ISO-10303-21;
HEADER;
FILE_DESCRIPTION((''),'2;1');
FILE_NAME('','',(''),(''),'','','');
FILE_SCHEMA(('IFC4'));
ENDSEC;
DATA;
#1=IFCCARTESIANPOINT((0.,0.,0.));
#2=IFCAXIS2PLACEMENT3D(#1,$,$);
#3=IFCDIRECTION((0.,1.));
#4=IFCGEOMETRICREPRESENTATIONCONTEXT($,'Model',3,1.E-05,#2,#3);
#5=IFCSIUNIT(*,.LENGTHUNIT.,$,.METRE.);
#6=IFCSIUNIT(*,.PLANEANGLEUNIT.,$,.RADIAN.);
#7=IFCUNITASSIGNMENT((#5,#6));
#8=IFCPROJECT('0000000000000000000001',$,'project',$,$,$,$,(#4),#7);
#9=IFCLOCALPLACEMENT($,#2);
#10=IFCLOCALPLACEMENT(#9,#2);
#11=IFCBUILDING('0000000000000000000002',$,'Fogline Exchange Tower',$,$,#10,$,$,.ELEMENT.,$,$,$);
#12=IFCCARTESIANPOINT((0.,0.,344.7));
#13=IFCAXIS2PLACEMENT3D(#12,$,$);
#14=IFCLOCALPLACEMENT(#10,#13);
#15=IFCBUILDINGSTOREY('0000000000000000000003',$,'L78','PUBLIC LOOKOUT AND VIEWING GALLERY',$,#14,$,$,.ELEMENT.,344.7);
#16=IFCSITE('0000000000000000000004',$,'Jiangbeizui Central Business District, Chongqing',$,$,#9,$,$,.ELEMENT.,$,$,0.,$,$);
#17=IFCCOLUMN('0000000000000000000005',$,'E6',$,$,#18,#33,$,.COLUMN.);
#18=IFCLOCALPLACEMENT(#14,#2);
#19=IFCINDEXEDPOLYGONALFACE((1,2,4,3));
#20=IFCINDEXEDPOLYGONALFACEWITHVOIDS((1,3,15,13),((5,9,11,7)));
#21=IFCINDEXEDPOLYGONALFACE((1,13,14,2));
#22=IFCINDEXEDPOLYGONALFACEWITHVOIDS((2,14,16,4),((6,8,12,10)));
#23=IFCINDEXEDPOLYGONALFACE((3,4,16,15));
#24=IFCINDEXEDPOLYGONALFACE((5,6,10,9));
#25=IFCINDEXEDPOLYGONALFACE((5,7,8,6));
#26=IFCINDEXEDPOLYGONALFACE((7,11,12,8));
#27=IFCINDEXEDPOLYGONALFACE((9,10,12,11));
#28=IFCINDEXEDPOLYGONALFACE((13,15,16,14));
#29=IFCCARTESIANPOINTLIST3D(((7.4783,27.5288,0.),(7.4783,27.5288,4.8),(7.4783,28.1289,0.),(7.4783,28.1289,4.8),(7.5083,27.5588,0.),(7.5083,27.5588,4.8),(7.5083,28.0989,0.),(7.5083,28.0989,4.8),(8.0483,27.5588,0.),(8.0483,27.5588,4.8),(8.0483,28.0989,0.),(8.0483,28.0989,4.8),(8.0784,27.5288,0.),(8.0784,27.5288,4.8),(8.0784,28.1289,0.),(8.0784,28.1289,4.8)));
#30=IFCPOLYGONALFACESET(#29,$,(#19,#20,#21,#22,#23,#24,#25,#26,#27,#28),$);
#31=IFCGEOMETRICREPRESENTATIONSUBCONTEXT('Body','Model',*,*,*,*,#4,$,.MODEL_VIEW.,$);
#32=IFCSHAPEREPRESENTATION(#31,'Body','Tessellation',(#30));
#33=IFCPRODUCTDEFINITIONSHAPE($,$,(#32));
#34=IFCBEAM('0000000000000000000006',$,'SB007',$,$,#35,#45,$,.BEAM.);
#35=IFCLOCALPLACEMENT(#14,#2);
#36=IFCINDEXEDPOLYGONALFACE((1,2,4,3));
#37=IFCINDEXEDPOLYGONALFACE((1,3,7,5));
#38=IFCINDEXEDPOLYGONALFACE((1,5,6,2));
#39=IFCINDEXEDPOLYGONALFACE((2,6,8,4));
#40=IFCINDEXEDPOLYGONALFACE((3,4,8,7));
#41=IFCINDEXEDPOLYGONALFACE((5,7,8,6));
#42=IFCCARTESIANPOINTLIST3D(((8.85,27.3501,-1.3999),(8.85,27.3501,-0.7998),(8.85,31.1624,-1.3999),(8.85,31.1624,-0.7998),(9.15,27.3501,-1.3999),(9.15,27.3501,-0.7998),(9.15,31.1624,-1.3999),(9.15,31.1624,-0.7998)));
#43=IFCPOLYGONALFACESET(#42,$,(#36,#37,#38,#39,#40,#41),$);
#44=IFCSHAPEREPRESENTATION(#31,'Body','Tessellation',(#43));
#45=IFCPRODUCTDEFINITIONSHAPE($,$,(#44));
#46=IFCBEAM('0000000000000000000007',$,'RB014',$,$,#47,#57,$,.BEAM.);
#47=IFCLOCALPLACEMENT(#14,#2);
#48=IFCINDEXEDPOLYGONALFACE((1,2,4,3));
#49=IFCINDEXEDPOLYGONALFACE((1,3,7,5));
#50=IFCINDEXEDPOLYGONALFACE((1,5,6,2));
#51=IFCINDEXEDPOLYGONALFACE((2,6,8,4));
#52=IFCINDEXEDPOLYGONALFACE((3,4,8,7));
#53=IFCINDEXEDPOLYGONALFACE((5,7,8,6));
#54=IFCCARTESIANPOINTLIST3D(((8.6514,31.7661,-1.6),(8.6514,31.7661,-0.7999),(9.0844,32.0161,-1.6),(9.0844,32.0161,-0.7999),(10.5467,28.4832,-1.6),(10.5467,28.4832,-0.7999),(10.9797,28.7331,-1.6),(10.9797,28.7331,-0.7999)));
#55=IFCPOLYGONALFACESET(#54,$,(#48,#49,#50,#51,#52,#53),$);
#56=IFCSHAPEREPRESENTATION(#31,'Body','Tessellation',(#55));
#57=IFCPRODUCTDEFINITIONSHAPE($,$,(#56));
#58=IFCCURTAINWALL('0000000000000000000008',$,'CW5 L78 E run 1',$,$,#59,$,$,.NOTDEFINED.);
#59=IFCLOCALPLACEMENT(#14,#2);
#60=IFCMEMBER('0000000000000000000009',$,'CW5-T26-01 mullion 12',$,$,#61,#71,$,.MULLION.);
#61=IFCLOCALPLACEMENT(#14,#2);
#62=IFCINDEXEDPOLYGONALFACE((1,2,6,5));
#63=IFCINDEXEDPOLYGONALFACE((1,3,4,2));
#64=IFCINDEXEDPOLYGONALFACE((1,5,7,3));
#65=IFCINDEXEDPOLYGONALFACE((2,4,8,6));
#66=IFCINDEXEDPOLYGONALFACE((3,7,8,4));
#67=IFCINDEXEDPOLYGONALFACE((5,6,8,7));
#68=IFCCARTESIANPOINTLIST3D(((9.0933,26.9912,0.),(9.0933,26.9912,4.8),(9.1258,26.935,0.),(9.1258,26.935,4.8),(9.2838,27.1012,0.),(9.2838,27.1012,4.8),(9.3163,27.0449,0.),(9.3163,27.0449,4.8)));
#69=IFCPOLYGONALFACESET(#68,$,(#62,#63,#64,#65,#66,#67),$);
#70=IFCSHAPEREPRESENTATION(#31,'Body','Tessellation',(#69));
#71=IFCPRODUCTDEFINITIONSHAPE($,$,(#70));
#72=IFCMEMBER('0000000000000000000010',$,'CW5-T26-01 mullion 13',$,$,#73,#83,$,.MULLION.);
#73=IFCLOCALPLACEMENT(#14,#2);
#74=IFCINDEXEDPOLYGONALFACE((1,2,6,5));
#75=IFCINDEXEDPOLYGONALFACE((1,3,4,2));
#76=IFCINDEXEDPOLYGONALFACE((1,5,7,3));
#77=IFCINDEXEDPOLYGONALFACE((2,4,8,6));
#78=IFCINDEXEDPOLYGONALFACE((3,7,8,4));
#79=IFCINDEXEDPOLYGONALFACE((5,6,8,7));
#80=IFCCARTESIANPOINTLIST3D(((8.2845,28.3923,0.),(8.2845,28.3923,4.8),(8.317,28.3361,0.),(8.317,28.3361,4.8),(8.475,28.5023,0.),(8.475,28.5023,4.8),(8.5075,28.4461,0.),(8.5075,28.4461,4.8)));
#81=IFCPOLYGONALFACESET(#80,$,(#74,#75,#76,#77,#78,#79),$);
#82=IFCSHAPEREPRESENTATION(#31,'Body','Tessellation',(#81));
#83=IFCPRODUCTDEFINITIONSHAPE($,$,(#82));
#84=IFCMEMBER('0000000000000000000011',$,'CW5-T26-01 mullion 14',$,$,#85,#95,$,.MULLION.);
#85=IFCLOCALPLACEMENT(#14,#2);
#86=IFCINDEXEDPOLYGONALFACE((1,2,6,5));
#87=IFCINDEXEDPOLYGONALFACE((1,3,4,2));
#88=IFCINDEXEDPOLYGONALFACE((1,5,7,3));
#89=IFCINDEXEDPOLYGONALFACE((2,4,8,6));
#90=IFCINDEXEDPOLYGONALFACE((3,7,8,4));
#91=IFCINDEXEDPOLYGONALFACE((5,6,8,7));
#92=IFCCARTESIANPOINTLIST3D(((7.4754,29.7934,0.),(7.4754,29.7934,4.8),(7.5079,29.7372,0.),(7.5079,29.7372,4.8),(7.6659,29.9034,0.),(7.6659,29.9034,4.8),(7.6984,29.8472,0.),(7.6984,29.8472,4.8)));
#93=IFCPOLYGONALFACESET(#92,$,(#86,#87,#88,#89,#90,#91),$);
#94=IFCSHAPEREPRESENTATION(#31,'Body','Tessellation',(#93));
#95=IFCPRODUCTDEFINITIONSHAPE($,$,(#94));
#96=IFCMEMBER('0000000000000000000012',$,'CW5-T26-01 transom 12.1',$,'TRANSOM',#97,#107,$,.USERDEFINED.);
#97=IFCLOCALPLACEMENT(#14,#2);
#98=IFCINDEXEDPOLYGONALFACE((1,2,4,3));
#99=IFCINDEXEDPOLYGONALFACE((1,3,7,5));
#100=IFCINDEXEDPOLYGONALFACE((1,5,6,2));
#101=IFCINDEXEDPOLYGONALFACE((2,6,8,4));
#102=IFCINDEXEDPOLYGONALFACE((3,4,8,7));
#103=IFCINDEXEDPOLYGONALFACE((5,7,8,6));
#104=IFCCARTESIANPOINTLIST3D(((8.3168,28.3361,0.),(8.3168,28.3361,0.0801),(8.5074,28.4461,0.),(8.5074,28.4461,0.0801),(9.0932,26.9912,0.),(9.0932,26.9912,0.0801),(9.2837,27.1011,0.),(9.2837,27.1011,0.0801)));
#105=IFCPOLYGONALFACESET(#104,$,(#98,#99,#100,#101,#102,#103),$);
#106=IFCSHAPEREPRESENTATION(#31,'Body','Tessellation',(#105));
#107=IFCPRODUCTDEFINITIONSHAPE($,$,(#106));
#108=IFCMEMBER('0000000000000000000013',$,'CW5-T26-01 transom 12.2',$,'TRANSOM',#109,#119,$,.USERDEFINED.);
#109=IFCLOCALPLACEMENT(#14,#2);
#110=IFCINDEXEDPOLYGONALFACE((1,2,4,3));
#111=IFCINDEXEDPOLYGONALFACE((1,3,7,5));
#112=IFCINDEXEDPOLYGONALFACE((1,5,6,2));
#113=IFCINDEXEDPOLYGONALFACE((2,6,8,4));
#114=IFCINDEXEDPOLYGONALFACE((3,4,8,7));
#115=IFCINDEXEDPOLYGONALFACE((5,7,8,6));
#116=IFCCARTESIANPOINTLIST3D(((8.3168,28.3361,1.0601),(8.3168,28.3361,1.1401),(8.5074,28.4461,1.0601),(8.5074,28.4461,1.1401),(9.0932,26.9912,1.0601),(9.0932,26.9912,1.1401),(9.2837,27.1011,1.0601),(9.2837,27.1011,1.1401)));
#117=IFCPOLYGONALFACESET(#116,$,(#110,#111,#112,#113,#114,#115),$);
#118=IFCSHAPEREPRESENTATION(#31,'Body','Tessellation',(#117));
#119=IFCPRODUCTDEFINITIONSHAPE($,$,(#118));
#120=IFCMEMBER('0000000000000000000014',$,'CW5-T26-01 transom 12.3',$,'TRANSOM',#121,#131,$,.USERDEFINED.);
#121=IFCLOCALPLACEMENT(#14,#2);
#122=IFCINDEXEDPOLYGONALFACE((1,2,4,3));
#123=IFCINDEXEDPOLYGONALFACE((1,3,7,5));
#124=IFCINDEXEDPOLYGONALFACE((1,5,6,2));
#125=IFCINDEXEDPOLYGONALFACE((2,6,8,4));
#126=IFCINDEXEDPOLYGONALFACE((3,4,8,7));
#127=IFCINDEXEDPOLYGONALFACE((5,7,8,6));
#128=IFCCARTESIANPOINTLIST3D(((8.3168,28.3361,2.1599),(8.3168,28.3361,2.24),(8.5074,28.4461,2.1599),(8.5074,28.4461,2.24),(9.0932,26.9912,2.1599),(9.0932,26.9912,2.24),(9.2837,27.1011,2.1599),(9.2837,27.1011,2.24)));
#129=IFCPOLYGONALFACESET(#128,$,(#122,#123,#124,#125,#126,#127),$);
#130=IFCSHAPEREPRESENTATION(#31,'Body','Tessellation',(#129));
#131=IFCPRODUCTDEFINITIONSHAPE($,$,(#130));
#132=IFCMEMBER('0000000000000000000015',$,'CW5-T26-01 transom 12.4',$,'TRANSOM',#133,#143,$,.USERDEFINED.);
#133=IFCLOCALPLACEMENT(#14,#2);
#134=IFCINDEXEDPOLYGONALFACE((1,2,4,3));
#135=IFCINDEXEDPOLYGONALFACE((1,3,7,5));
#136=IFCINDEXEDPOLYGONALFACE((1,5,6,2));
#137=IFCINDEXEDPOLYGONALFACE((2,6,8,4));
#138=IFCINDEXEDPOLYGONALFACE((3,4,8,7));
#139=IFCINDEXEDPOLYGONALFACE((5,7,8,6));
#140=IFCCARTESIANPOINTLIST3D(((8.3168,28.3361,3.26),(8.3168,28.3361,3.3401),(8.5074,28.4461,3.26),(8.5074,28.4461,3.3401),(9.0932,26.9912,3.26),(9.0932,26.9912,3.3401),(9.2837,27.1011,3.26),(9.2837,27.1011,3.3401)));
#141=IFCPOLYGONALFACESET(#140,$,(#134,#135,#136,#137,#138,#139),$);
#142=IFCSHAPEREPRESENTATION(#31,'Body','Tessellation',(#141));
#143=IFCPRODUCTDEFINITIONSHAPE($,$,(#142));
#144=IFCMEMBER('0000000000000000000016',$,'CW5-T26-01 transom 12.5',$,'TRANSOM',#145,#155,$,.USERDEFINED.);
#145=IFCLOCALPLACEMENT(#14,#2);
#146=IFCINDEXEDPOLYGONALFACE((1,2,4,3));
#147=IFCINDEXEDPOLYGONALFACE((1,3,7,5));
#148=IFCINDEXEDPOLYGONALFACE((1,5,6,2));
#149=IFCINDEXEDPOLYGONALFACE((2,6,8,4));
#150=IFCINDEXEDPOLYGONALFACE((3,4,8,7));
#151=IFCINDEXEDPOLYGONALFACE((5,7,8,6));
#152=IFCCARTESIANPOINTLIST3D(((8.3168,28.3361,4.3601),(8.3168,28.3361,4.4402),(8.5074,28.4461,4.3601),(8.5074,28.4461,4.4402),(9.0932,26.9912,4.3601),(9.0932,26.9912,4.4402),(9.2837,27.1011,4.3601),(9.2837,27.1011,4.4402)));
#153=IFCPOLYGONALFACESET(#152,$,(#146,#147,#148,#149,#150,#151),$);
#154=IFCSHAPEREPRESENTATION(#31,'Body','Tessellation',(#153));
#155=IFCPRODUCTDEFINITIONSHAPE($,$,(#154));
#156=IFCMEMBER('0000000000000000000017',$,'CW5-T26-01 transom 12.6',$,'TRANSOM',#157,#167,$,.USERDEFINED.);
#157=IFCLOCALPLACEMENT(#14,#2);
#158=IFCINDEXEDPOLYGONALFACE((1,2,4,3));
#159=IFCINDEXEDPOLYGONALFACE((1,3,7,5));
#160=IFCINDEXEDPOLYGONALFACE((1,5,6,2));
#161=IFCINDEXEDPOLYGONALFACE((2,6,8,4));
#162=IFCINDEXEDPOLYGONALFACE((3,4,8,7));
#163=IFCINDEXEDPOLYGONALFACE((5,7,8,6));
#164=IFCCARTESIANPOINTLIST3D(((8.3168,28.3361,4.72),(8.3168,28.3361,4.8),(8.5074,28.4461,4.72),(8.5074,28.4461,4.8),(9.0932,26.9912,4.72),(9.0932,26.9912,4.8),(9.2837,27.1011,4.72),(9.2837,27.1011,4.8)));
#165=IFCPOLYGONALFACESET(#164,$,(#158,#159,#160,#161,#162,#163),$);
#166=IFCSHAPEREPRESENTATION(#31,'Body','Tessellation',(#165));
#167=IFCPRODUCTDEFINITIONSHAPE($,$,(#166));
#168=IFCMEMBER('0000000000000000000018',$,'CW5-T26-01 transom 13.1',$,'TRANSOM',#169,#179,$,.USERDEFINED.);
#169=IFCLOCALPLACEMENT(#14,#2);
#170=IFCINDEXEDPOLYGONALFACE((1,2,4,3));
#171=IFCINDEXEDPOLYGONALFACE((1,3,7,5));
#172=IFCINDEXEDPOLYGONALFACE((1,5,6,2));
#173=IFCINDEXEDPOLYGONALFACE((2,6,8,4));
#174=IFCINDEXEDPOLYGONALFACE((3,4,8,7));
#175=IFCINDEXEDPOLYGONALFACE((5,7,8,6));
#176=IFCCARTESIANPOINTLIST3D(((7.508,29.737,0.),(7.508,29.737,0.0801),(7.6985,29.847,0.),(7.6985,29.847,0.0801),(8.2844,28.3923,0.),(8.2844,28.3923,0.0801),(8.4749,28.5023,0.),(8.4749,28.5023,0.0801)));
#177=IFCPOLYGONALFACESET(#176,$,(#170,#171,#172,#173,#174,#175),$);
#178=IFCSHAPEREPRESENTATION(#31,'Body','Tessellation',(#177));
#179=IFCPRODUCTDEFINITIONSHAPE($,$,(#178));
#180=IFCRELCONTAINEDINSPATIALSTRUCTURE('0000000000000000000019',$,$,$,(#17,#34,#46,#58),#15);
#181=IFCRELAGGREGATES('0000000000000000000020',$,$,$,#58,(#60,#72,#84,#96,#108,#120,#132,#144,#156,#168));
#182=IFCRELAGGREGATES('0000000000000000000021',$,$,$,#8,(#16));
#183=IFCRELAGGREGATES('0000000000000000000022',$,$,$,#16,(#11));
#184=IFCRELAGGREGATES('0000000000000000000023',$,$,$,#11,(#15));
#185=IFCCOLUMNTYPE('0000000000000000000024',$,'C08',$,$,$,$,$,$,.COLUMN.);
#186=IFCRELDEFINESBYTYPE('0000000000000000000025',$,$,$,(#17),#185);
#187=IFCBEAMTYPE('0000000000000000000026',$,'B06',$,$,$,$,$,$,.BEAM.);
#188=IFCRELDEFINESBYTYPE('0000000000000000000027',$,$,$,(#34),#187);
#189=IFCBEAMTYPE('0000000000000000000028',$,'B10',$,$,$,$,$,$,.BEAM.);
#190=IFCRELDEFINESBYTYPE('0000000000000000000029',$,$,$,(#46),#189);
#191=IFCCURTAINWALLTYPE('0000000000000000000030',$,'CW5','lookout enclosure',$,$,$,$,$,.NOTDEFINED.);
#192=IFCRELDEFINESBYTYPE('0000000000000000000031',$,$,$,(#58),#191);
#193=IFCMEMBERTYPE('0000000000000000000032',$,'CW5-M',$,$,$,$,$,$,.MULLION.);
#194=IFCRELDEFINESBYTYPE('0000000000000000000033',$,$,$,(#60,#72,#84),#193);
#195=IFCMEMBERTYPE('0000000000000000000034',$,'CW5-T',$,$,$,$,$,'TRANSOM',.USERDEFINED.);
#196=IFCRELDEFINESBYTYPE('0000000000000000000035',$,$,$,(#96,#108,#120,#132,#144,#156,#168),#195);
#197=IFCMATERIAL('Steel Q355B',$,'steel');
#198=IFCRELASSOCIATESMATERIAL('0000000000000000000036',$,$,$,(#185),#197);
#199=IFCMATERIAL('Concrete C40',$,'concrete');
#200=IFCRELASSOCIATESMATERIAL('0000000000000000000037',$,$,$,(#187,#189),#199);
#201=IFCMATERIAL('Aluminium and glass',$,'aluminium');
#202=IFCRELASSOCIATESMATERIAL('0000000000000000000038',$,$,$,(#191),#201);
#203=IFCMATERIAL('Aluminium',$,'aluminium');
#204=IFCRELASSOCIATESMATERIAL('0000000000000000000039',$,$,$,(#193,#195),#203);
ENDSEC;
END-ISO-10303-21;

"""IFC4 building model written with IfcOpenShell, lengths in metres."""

from ifc_helpers import new_model, si_unit, direction, frame, origin, origin_2d, place, context, subcontext, project, spatial, rectangle, hollow_rectangle, extrude, material, material_profile, profile_set, type_object, element, aggregate, save


model = new_model("IFC4")

# Units and contexts
model_context = context("Model", 3, precision=1e-05, world=origin(), true_north=direction((0.0, 1.0)))
body_context = subcontext(model_context, "Body", "Model", "MODEL_VIEW")
ifc_project = project(units=[si_unit("LENGTHUNIT", "METRE"), si_unit("PLANEANGLEUNIT", "RADIAN")], contexts=[model_context])

# Site, building, storey
site_placement = place(None, origin())
site = spatial("IfcSite", under=ifc_project, at=site_placement, Name="Jiangbeizui Central Business District, Chongqing", CompositionType="ELEMENT", RefElevation=0.0)
building_placement = place(site_placement, origin())
building = spatial("IfcBuilding", under=site, at=building_placement, Name="Fogline Exchange Tower", CompositionType="ELEMENT")
storey_placement = place(building_placement, frame((0.0, 0.0, 344.7)))
storey = spatial("IfcBuildingStorey", under=building, at=storey_placement, Name="L78", Description="PUBLIC LOOKOUT AND VIEWING GALLERY", CompositionType="ELEMENT", Elevation=344.7)

# Column
ifc_material_1 = material(Name="Steel Q355B", Category="steel")
ifc_material_profile_1 = material_profile(ifc_material_1, hollow_rectangle(XDim=0.6001, YDim=0.6001, WallThickness=0.03, at=origin_2d()), Name="BOX600X600X30")
ifc_profile_set_1 = profile_set([ifc_material_profile_1], Name="Steel Q355B")
column_type = type_object("IfcColumnType", Name="C08", PredefinedType="COLUMN", material=ifc_profile_set_1)
column_placement = place(storey_placement, frame((7.7783, 27.8289, 0.0), z_axis=(0.0, 0.0, 1.0), x_axis=(1.0, 0.0, 0.0)))
element("IfcColumn", 1, at=column_placement, inside=storey, type_object=column_type, Name="E6", PredefinedType="COLUMN", context=body_context, shape_type="SweptSolid", body=[
    extrude(hollow_rectangle(XDim=0.6001, YDim=0.6001, WallThickness=0.03, at=origin_2d()), origin(), (0.0, 0.0, 1.0), 4.8),
])

# Beams
ifc_material_2 = material(Name="Concrete C40", Category="concrete")
ifc_material_profile_2 = material_profile(ifc_material_2, rectangle(XDim=0.3, YDim=0.6001, at=origin_2d()), Name="RC 300x600")
ifc_profile_set_2 = profile_set([ifc_material_profile_2], Name="Concrete C40")
beam_type_1 = type_object("IfcBeamType", Name="B06", PredefinedType="BEAM", material=ifc_profile_set_2)
beam_1_placement = place(storey_placement, frame((9.0, 27.3501, -1.0999), z_axis=(0.0, 1.0, 0.0), x_axis=(-1.0, 0.0, 0.0)))
element("IfcBeam", 2, at=beam_1_placement, inside=storey, type_object=beam_type_1, Name="SB007", PredefinedType="BEAM", context=body_context, shape_type="SweptSolid", body=[
    extrude(rectangle(XDim=0.3, YDim=0.6001, at=origin_2d()), origin(), (0.0, 0.0, 1.0), 3.8123),
])
ifc_material_profile_3 = material_profile(ifc_material_2, rectangle(XDim=0.5, YDim=0.8, at=origin_2d()), Name="RC 500x800")
ifc_profile_set_3 = profile_set([ifc_material_profile_3], Name="Concrete C40")
beam_type_2 = type_object("IfcBeamType", Name="B10", PredefinedType="BEAM", material=ifc_profile_set_3)
beam_2_placement = place(storey_placement, frame((10.7632, 28.6082, -1.2), z_axis=(-0.49997, 0.866043, 0.0), x_axis=(-0.866043, -0.49997, 0.0)))
element("IfcBeam", 3, at=beam_2_placement, inside=storey, type_object=beam_type_2, Name="RB014", PredefinedType="BEAM", context=body_context, shape_type="SweptSolid", body=[
    extrude(rectangle(XDim=0.5, YDim=0.8, at=origin_2d()), origin(), (0.0, 0.0, 1.0), 3.7908),
])

# Curtain wall, members
ifc_material_3 = material(Name="Aluminium and glass", Category="aluminium")
curtain_wall_type = type_object("IfcCurtainWallType", Name="CW5", Description="lookout enclosure", PredefinedType="NOTDEFINED", material=ifc_material_3)
curtain_wall_placement = place(storey_placement, origin())
curtain_wall = element("IfcCurtainWall", 4, at=curtain_wall_placement, inside=storey, type_object=curtain_wall_type, Name="CW5 L78 E run 1", PredefinedType="NOTDEFINED")
ifc_material_4 = material(Name="Aluminium", Category="aluminium")
ifc_material_profile_4 = material_profile(ifc_material_4, rectangle(XDim=0.22, YDim=0.0649, at=origin_2d()), Name="Mullion 65x220")
ifc_profile_set_4 = profile_set([ifc_material_profile_4], Name="Aluminium")
member_type_1 = type_object("IfcMemberType", Name="CW5-M", PredefinedType="MULLION", material=ifc_profile_set_4)
member_1_placement = place(storey_placement, frame((9.2048, 27.0181, 0.0), z_axis=(0.0, 0.0, 1.0), x_axis=(-0.866025, -0.5, 0.0)))
member_1 = element("IfcMember", 5, at=member_1_placement, type_object=member_type_1, Name="CW5-T26-01 mullion 12", PredefinedType="MULLION", context=body_context, shape_type="SweptSolid", body=[
    extrude(rectangle(XDim=0.22, YDim=0.0649, at=origin_2d()), origin(), (0.0, 0.0, 1.0), 4.8),
])
member_2_placement = place(storey_placement, frame((8.396, 28.4192, 0.0), z_axis=(0.0, 0.0, 1.0), x_axis=(-0.866025, -0.5, 0.0)))
member_2 = element("IfcMember", 6, at=member_2_placement, type_object=member_type_1, Name="CW5-T26-01 mullion 13", PredefinedType="MULLION", context=body_context, shape_type="SweptSolid", body=[
    extrude(rectangle(XDim=0.22, YDim=0.0649, at=origin_2d()), origin(), (0.0, 0.0, 1.0), 4.8),
])
member_3_placement = place(storey_placement, frame((7.5869, 29.8203, 0.0), z_axis=(0.0, 0.0, 1.0), x_axis=(-0.866025, -0.5, 0.0)))
member_3 = element("IfcMember", 7, at=member_3_placement, type_object=member_type_1, Name="CW5-T26-01 mullion 14", PredefinedType="MULLION", context=body_context, shape_type="SweptSolid", body=[
    extrude(rectangle(XDim=0.22, YDim=0.0649, at=origin_2d()), origin(), (0.0, 0.0, 1.0), 4.8),
])
ifc_material_profile_5 = material_profile(ifc_material_4, rectangle(XDim=0.22, YDim=0.0801, at=origin_2d()), Name="Transom 80x220")
ifc_profile_set_5 = profile_set([ifc_material_profile_5], Name="Aluminium")
member_type_2 = type_object("IfcMemberType", Name="CW5-T", ElementType="TRANSOM", PredefinedType="USERDEFINED", material=ifc_profile_set_5)
member_4_placement = place(storey_placement, frame((9.1885, 27.0461, 0.04), z_axis=(-0.499927, 0.866068, 0.0), x_axis=(-0.866068, -0.499927, 0.0)))
member_4 = element("IfcMember", 8, at=member_4_placement, type_object=member_type_2, Name="CW5-T26-01 transom 12.1", ObjectType="TRANSOM", PredefinedType="USERDEFINED", context=body_context, shape_type="SweptSolid", body=[
    extrude(rectangle(XDim=0.22, YDim=0.0801, at=origin_2d()), origin(), (0.0, 0.0, 1.0), 1.553),
])
member_5_placement = place(storey_placement, frame((9.1885, 27.0461, 1.1001), z_axis=(-0.499927, 0.866068, 0.0), x_axis=(-0.866068, -0.499927, 0.0)))
member_5 = element("IfcMember", 9, at=member_5_placement, type_object=member_type_2, Name="CW5-T26-01 transom 12.2", ObjectType="TRANSOM", PredefinedType="USERDEFINED", context=body_context, shape_type="SweptSolid", body=[
    extrude(rectangle(XDim=0.22, YDim=0.0801, at=origin_2d()), origin(), (0.0, 0.0, 1.0), 1.553),
])
member_6_placement = place(storey_placement, frame((9.1885, 27.0461, 2.2), z_axis=(-0.499927, 0.866068, 0.0), x_axis=(-0.866068, -0.499927, 0.0)))
member_6 = element("IfcMember", 10, at=member_6_placement, type_object=member_type_2, Name="CW5-T26-01 transom 12.3", ObjectType="TRANSOM", PredefinedType="USERDEFINED", context=body_context, shape_type="SweptSolid", body=[
    extrude(rectangle(XDim=0.22, YDim=0.0801, at=origin_2d()), origin(), (0.0, 0.0, 1.0), 1.553),
])
member_7_placement = place(storey_placement, frame((9.1885, 27.0461, 3.3), z_axis=(-0.499927, 0.866068, 0.0), x_axis=(-0.866068, -0.499927, 0.0)))
member_7 = element("IfcMember", 11, at=member_7_placement, type_object=member_type_2, Name="CW5-T26-01 transom 12.4", ObjectType="TRANSOM", PredefinedType="USERDEFINED", context=body_context, shape_type="SweptSolid", body=[
    extrude(rectangle(XDim=0.22, YDim=0.0801, at=origin_2d()), origin(), (0.0, 0.0, 1.0), 1.553),
])
member_8_placement = place(storey_placement, frame((9.1885, 27.0461, 4.4001), z_axis=(-0.499927, 0.866068, 0.0), x_axis=(-0.866068, -0.499927, 0.0)))
member_8 = element("IfcMember", 12, at=member_8_placement, type_object=member_type_2, Name="CW5-T26-01 transom 12.5", ObjectType="TRANSOM", PredefinedType="USERDEFINED", context=body_context, shape_type="SweptSolid", body=[
    extrude(rectangle(XDim=0.22, YDim=0.0801, at=origin_2d()), origin(), (0.0, 0.0, 1.0), 1.553),
])
member_9_placement = place(storey_placement, frame((9.1885, 27.0461, 4.76), z_axis=(-0.499927, 0.866068, 0.0), x_axis=(-0.866068, -0.499927, 0.0)))
member_9 = element("IfcMember", 13, at=member_9_placement, type_object=member_type_2, Name="CW5-T26-01 transom 12.6", ObjectType="TRANSOM", PredefinedType="USERDEFINED", context=body_context, shape_type="SweptSolid", body=[
    extrude(rectangle(XDim=0.22, YDim=0.0801, at=origin_2d()), origin(), (0.0, 0.0, 1.0), 1.553),
])
member_10_placement = place(storey_placement, frame((8.3796, 28.4473, 0.04), z_axis=(-0.499995, 0.866028, 0.0), x_axis=(-0.866028, -0.499995, 0.0)))
member_10 = element("IfcMember", 14, at=member_10_placement, type_object=member_type_2, Name="CW5-T26-01 transom 13.1", ObjectType="TRANSOM", PredefinedType="USERDEFINED", context=body_context, shape_type="SweptSolid", body=[
    extrude(rectangle(XDim=0.22, YDim=0.0801, at=origin_2d()), origin(), (0.0, 0.0, 1.0), 1.5527),
])
aggregate(curtain_wall, [member_1, member_2, member_3, member_4, member_5, member_6, member_7, member_8, member_9, member_10])

save(model, "model.ifc")
